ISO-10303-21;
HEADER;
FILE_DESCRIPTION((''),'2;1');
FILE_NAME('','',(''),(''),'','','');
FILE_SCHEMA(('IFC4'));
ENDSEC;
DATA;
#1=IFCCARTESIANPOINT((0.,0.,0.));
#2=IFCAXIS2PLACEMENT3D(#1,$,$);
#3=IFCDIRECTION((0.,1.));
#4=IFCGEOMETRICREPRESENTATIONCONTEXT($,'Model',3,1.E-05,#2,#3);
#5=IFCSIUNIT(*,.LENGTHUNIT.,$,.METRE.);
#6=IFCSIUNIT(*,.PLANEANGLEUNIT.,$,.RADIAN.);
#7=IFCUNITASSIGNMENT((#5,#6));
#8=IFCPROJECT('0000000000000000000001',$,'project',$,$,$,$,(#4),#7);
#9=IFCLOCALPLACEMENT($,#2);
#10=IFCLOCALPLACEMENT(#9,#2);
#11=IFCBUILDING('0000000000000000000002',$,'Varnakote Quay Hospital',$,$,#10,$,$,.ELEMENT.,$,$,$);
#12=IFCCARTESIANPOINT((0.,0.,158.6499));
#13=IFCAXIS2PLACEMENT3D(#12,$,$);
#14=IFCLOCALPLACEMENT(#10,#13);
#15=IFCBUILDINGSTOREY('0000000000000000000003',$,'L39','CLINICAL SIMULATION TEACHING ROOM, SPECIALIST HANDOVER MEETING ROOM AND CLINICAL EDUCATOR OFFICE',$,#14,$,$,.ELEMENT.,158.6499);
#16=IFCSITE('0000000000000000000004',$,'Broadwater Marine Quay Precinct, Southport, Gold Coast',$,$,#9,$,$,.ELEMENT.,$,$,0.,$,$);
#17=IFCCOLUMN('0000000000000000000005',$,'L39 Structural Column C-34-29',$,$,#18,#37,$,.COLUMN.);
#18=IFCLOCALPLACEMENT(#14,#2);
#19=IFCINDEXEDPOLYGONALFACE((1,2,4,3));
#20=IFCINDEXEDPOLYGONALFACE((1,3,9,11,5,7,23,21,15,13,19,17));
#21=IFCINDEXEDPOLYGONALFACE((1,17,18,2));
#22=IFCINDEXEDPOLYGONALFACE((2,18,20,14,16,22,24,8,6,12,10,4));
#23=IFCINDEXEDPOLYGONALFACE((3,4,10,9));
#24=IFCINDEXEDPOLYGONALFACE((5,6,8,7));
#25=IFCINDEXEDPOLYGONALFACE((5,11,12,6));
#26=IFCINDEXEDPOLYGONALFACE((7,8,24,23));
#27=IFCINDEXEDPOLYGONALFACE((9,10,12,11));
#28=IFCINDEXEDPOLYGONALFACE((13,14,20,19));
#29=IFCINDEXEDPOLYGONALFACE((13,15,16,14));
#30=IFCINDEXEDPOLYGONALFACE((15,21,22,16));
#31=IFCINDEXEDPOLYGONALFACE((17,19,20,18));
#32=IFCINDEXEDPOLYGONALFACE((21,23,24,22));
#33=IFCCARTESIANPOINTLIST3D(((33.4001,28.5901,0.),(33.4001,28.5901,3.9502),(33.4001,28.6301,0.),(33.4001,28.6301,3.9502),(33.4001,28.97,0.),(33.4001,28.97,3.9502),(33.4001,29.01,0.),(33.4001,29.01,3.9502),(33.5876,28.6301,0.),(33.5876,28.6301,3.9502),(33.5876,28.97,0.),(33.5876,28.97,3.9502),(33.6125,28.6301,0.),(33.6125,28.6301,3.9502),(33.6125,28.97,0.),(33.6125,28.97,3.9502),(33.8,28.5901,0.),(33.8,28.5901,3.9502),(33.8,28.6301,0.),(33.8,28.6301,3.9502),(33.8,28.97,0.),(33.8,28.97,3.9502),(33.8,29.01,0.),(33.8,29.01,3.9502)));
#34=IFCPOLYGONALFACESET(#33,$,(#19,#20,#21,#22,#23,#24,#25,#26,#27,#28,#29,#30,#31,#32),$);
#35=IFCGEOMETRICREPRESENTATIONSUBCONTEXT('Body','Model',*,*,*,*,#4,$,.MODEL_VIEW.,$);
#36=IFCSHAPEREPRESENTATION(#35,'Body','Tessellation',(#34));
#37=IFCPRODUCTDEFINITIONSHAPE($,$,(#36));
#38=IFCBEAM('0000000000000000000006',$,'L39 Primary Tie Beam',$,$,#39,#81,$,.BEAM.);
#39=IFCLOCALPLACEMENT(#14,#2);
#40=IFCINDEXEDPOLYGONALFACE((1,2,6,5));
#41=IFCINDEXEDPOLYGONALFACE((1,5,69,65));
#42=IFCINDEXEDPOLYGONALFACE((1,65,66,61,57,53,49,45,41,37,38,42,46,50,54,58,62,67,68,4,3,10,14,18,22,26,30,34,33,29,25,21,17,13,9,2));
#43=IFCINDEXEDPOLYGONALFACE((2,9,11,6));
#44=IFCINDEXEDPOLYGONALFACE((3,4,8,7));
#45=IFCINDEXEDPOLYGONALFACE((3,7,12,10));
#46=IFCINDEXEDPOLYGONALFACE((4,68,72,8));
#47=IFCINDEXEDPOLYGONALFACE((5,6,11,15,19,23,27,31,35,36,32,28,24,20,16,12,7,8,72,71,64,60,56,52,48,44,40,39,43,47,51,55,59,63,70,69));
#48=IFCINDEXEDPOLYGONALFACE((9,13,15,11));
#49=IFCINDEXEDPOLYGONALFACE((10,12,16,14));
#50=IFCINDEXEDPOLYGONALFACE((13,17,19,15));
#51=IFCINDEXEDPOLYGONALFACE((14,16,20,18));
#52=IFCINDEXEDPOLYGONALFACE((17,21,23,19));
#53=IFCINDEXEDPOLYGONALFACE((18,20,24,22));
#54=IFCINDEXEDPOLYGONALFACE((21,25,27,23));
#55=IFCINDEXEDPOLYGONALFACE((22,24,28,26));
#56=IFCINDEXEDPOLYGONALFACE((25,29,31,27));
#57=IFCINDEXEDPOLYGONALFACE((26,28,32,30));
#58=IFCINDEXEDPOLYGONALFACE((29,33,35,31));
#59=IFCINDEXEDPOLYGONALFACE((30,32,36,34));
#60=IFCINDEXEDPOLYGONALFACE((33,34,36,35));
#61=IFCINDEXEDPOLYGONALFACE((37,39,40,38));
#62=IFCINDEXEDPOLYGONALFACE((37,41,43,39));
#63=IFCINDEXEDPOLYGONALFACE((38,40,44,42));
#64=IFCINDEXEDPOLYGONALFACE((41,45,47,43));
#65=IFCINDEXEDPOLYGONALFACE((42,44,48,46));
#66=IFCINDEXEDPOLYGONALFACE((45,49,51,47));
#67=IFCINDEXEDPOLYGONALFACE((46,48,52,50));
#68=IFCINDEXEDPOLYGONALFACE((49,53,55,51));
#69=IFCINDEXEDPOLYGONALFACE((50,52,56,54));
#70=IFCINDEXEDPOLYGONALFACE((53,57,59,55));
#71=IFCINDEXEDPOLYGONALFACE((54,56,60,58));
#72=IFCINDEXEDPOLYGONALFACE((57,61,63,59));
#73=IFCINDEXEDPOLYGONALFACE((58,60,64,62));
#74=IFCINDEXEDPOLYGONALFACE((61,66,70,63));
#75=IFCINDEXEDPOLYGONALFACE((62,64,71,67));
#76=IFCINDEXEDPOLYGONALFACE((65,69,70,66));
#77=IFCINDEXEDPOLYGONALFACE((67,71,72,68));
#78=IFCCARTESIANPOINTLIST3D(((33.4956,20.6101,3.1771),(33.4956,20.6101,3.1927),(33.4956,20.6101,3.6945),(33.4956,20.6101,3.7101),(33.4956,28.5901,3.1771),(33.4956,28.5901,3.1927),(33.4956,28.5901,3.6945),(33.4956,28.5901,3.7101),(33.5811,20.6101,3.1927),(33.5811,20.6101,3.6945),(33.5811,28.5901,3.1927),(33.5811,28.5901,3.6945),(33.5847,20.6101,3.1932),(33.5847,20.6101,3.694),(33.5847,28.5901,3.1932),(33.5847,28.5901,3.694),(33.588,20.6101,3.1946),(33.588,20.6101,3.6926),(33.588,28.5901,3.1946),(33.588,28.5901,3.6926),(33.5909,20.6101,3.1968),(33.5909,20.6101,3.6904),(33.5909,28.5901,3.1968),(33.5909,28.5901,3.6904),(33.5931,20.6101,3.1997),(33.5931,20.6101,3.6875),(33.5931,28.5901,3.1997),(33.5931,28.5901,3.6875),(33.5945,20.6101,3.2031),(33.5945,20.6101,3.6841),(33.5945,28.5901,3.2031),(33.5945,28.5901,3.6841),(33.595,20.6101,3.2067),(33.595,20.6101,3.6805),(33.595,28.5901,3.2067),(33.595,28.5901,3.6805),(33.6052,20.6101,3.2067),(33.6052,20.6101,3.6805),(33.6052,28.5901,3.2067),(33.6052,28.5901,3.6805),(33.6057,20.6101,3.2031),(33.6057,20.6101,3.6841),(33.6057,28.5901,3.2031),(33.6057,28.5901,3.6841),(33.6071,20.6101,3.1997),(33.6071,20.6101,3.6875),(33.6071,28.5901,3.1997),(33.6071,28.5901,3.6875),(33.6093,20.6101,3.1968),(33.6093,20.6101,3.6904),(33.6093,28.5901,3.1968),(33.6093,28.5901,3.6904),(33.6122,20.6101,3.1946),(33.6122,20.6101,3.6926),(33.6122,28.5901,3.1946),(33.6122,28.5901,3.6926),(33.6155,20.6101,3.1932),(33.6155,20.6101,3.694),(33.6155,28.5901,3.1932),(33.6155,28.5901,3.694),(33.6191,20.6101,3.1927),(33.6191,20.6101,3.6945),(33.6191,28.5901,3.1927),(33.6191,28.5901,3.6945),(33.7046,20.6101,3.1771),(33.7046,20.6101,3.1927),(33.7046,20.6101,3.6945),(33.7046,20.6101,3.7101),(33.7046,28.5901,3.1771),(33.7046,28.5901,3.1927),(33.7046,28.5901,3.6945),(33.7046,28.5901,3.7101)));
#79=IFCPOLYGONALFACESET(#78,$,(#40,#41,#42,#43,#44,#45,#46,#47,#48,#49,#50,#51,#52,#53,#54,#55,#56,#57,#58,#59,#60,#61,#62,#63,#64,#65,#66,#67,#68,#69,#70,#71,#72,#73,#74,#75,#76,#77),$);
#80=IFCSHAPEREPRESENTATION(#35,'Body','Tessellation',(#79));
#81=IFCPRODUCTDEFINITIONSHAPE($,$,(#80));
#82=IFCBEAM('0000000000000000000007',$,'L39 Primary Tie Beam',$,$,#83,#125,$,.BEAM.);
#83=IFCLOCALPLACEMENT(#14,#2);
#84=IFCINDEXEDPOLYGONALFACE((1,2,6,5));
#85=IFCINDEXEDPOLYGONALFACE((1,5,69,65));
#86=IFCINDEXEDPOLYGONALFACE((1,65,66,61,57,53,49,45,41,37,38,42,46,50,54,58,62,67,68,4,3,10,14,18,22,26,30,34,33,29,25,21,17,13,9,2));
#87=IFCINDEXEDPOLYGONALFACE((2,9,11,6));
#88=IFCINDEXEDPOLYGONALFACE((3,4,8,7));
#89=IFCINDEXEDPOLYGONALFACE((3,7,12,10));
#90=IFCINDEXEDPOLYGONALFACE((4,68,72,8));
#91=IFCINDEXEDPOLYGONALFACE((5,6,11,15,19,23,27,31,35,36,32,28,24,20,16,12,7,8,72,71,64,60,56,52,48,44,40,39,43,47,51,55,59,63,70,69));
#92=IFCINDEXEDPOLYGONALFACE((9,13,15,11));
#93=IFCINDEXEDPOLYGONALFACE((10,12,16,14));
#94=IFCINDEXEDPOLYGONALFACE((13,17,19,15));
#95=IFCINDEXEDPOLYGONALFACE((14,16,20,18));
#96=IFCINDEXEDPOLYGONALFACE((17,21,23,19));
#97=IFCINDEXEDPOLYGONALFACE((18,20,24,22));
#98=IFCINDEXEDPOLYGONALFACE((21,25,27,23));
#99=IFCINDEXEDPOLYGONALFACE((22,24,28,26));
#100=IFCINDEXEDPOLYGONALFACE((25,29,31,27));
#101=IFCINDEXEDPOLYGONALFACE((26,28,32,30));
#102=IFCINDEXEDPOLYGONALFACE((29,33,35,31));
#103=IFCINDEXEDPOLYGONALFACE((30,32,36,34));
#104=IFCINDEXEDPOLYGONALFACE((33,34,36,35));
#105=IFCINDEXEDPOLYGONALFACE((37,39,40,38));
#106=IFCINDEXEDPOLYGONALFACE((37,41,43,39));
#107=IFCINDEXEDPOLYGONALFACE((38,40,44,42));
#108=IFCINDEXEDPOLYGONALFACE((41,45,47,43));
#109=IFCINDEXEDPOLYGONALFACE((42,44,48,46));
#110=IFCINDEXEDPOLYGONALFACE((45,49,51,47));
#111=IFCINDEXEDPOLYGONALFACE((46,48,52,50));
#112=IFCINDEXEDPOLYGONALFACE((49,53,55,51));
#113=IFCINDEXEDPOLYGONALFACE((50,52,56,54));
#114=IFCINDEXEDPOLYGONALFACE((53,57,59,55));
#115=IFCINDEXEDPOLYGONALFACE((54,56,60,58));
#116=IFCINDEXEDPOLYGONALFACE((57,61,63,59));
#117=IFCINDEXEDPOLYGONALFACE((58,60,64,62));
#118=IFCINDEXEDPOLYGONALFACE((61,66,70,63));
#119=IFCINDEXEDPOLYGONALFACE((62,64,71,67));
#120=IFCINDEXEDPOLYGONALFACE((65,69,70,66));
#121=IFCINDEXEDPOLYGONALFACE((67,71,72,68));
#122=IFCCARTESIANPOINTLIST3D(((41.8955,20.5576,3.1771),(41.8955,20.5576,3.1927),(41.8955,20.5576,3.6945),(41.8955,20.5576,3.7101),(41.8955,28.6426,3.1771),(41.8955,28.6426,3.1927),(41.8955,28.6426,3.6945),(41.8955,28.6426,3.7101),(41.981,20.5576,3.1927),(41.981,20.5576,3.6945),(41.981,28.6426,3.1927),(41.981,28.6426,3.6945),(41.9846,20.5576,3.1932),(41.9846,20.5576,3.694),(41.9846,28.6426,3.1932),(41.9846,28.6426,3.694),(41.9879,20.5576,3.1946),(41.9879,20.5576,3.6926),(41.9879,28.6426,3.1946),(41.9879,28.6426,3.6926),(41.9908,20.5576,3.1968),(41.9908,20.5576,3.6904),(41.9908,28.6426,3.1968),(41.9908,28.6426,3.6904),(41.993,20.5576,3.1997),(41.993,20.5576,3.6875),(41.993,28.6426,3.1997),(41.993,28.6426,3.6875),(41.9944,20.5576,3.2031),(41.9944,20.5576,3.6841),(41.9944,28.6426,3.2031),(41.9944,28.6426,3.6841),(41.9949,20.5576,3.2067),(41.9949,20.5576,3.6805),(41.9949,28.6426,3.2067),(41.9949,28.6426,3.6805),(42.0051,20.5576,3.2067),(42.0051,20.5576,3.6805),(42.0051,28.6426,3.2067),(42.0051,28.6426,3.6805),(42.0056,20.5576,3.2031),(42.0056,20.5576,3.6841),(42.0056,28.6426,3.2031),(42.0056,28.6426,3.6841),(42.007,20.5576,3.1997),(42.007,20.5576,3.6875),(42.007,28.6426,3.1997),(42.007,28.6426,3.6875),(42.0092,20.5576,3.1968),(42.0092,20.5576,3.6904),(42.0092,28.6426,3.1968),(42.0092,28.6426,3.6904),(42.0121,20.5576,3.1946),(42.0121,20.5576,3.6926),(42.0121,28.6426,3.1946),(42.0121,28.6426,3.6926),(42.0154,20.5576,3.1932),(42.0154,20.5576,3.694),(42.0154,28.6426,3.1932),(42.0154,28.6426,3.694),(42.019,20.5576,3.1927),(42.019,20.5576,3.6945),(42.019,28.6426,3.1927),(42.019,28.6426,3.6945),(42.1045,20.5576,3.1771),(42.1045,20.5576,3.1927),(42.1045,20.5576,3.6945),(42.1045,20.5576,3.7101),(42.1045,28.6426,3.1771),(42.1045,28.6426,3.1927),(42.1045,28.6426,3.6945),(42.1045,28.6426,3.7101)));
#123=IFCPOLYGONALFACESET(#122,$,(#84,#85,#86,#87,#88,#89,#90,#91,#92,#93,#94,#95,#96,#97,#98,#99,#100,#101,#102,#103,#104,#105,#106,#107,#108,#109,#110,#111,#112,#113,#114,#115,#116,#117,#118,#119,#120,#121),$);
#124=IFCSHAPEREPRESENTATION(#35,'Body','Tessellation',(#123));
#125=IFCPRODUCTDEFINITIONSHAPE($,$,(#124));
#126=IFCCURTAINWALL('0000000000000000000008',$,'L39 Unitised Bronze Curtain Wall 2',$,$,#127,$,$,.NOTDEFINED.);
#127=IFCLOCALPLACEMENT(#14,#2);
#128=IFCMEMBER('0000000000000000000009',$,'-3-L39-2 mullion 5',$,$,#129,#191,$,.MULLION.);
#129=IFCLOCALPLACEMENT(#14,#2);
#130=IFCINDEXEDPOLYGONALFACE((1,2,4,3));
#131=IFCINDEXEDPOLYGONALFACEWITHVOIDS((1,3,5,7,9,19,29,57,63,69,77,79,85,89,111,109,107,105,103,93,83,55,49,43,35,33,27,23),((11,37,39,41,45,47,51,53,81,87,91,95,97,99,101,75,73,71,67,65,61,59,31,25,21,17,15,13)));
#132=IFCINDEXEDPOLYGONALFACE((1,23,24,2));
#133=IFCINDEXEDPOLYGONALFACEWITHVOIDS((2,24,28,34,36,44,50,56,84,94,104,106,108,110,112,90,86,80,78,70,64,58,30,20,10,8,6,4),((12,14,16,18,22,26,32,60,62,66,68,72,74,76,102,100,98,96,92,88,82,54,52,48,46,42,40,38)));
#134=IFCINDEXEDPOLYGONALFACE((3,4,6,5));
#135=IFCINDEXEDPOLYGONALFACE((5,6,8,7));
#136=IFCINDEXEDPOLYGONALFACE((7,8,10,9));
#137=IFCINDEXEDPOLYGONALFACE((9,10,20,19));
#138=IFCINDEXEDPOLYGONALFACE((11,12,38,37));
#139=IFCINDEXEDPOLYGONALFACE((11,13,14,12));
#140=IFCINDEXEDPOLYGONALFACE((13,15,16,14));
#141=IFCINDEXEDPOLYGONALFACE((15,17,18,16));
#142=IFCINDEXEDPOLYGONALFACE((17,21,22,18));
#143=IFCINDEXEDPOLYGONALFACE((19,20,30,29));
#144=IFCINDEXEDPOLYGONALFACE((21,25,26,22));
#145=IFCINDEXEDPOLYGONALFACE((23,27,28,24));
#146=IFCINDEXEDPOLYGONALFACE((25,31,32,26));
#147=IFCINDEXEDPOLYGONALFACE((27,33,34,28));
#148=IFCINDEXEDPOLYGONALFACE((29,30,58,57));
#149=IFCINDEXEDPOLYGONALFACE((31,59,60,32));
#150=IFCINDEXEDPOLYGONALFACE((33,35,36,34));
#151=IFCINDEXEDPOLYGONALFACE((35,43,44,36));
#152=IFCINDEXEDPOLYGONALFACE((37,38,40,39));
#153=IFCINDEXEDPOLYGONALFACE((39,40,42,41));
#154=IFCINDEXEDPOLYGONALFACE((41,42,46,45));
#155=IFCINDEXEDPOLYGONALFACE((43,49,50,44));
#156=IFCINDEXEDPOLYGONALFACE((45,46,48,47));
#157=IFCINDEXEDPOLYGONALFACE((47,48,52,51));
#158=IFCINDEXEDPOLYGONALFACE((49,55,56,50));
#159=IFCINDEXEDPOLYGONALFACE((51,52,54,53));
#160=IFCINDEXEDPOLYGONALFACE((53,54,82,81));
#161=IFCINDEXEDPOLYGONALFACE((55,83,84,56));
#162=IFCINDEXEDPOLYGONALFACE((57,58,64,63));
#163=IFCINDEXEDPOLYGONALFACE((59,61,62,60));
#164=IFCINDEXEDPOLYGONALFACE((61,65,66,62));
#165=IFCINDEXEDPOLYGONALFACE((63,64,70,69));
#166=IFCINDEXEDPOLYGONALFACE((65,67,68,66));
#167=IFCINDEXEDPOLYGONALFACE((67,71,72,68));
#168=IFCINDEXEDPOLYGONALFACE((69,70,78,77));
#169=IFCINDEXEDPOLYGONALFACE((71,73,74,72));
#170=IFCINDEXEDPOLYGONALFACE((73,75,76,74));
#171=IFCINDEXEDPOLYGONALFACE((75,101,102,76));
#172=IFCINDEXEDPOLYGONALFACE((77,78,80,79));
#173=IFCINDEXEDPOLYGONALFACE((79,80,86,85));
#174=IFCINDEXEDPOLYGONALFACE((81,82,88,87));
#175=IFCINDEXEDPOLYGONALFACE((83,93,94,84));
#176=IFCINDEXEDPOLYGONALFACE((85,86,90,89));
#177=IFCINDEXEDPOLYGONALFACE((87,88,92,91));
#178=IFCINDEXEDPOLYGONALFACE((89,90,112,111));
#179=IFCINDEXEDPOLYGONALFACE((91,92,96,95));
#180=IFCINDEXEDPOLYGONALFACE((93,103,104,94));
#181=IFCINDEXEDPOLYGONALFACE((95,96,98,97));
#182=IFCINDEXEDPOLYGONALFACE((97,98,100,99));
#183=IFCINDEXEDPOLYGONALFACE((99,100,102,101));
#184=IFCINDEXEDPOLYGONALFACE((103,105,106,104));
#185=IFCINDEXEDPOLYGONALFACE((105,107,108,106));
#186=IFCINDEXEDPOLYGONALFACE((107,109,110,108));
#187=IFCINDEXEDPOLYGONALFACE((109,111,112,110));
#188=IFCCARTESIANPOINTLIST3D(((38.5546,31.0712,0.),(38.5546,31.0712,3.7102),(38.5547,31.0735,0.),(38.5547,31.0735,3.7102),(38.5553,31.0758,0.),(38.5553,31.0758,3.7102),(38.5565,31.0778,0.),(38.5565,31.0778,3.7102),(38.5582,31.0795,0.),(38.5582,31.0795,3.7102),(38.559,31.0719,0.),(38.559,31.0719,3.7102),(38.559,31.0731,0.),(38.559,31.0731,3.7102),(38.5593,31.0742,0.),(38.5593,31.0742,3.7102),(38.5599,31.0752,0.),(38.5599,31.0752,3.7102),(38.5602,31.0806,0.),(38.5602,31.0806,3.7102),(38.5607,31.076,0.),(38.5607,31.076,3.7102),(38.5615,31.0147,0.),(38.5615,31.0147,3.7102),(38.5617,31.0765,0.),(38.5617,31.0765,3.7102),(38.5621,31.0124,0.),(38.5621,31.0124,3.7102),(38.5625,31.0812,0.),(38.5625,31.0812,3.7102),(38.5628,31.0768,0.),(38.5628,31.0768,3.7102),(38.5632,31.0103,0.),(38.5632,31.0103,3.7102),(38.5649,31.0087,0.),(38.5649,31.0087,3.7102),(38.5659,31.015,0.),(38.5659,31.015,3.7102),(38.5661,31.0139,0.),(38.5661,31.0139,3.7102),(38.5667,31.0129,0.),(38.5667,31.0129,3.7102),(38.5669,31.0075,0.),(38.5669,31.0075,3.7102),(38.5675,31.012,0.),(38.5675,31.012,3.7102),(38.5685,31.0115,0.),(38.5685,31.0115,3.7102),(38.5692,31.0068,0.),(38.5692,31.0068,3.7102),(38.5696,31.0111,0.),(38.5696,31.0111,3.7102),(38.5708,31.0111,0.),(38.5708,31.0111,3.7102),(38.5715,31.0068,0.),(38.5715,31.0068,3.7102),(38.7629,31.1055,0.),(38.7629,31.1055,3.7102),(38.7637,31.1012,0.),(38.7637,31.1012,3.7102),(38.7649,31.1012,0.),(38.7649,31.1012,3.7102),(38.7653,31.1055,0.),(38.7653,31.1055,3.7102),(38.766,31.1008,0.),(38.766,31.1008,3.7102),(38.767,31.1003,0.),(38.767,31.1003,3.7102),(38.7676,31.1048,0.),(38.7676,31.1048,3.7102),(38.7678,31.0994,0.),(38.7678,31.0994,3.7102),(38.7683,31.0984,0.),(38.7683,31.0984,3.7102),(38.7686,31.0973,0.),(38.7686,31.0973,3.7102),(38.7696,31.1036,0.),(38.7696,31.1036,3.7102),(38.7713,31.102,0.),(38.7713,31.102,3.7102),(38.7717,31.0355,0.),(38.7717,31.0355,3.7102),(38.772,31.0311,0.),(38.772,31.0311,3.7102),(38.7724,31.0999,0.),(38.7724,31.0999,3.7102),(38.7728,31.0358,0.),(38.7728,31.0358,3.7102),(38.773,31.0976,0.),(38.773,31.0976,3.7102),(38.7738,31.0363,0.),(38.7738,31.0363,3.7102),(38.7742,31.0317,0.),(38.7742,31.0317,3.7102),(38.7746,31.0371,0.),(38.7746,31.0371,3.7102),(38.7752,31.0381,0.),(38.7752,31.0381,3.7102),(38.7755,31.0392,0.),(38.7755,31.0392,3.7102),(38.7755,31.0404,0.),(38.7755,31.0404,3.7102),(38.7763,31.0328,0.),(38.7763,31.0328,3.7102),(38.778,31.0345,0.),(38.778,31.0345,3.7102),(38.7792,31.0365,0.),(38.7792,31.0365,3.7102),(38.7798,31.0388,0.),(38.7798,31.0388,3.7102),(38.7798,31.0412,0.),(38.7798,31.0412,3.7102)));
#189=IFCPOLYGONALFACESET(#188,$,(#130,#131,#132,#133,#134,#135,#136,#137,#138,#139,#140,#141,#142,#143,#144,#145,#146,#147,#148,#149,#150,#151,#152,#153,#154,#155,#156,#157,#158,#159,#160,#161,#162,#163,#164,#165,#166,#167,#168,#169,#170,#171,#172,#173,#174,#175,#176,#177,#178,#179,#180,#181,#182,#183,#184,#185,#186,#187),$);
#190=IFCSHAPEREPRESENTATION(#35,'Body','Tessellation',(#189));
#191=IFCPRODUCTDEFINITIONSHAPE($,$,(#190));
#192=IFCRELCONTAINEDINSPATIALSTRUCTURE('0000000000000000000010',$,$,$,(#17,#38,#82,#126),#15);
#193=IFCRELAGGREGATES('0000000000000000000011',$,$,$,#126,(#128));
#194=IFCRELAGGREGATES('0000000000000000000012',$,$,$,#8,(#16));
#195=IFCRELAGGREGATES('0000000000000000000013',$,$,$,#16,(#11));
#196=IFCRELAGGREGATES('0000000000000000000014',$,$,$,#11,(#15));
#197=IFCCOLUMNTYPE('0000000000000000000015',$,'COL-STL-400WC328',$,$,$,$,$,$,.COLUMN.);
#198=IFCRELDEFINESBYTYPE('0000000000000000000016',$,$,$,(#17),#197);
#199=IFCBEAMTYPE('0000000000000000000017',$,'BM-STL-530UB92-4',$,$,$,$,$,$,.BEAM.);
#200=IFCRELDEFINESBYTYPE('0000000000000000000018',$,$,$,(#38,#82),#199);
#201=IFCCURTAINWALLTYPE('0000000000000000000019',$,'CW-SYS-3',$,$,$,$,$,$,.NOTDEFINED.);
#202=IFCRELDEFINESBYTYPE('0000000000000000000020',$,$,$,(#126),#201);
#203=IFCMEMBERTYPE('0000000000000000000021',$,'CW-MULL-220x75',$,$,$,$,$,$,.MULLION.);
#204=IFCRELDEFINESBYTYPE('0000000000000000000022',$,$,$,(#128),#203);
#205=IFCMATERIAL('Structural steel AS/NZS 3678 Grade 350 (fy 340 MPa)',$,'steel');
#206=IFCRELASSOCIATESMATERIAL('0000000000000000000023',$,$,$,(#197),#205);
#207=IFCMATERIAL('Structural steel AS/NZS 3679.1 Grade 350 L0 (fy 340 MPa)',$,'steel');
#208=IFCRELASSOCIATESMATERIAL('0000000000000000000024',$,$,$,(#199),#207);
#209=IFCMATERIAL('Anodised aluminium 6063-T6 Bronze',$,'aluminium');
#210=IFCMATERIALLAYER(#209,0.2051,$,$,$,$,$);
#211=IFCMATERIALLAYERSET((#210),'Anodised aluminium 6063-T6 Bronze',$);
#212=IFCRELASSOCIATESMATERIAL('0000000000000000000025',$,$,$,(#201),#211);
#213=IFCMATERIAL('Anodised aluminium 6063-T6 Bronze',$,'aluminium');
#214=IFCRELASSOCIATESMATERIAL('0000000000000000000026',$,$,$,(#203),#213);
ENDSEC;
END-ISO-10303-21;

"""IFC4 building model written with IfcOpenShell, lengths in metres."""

from ifc_helpers import new_model, si_unit, direction, frame, origin, origin_2d, place, context, subcontext, project, spatial, hollow_rectangle, i_section, extrude, material, layer, layer_set, material_profile, profile_set, type_object, element, aggregate, save


model = new_model("IFC4")

# Units and contexts
model_context = context("Model", 3, precision=1e-05, world=origin(), true_north=direction((0.0, 1.0)))
body_context = subcontext(model_context, "Body", "Model", "MODEL_VIEW")
ifc_project = project(units=[si_unit("LENGTHUNIT", "METRE"), si_unit("PLANEANGLEUNIT", "RADIAN")], contexts=[model_context])

# Site, building, storey
site_placement = place(None, origin())
site = spatial("IfcSite", under=ifc_project, at=site_placement, Name="Broadwater Marine Quay Precinct, Southport, Gold Coast", CompositionType="ELEMENT", RefElevation=0.0)
building_placement = place(site_placement, origin())
building = spatial("IfcBuilding", under=site, at=building_placement, Name="Varnakote Quay Hospital", CompositionType="ELEMENT")
storey_placement = place(building_placement, frame((0.0, 0.0, 158.6499)))
storey = spatial("IfcBuildingStorey", under=building, at=storey_placement, Name="L39", Description="CLINICAL SIMULATION TEACHING ROOM, SPECIALIST HANDOVER MEETING ROOM AND CLINICAL EDUCATOR OFFICE", CompositionType="ELEMENT", Elevation=158.6499)

# Column
ifc_material_1 = material(Name="Structural steel AS/NZS 3678 Grade 350 (fy 340 MPa)", Category="steel")
ifc_material_profile_1 = material_profile(ifc_material_1, i_section(OverallWidth=0.3999, OverallDepth=0.4199, WebThickness=0.0249, FlangeThickness=0.04, at=origin_2d()), Name="400WC328")
ifc_profile_set_1 = profile_set([ifc_material_profile_1], Name="Structural steel AS/NZS 3678 Grade 350 (fy 340 MPa)")
column_type = type_object("IfcColumnType", Name="COL-STL-400WC328", PredefinedType="COLUMN", material=ifc_profile_set_1)
column_placement = place(storey_placement, frame((33.6001, 28.8, 0.0), z_axis=(0.0, 0.0, 1.0), x_axis=(1.0, 0.0, 0.0)))
element("IfcColumn", 1, at=column_placement, inside=storey, type_object=column_type, Name="L39 Structural Column C-34-29", PredefinedType="COLUMN", context=body_context, shape_type="SweptSolid", body=[
    extrude(i_section(OverallWidth=0.3999, OverallDepth=0.4199, WebThickness=0.0249, FlangeThickness=0.04, at=origin_2d()), origin(), (0.0, 0.0, 1.0), 3.9502),
])

# Beams
ifc_material_2 = material(Name="Structural steel AS/NZS 3679.1 Grade 350 L0 (fy 340 MPa)", Category="steel")
ifc_material_profile_2 = material_profile(ifc_material_2, i_section(OverallWidth=0.209, OverallDepth=0.533, WebThickness=0.0103, FlangeThickness=0.0156, FilletRadius=0.0139, at=origin_2d()), Name="530UB92.4")
ifc_profile_set_2 = profile_set([ifc_material_profile_2], Name="Structural steel AS/NZS 3679.1 Grade 350 L0 (fy 340 MPa)")
beam_type_1 = type_object("IfcBeamType", Name="BM-STL-530UB92-4", PredefinedType="BEAM", material=ifc_profile_set_2)
beam_1_placement = place(storey_placement, frame((33.6001, 20.6101, 3.4436), z_axis=(0.0, 1.0, 0.0), x_axis=(-1.0, 0.0, 0.0)))
element("IfcBeam", 2, at=beam_1_placement, inside=storey, type_object=beam_type_1, Name="L39 Primary Tie Beam", PredefinedType="BEAM", context=body_context, shape_type="SweptSolid", body=[
    extrude(i_section(OverallWidth=0.209, OverallDepth=0.533, WebThickness=0.0103, FlangeThickness=0.0156, FilletRadius=0.0139, at=origin_2d()), origin(), (0.0, 0.0, 1.0), 7.98),
])
beam_2_placement = place(storey_placement, frame((42.0, 20.5576, 3.4436), z_axis=(0.0, 1.0, 0.0), x_axis=(-1.0, 0.0, 0.0)))
element("IfcBeam", 3, at=beam_2_placement, inside=storey, type_object=beam_type_1, Name="L39 Primary Tie Beam", PredefinedType="BEAM", context=body_context, shape_type="SweptSolid", body=[
    extrude(i_section(OverallWidth=0.209, OverallDepth=0.533, WebThickness=0.0103, FlangeThickness=0.0156, FilletRadius=0.0139, at=origin_2d()), origin(), (0.0, 0.0, 1.0), 8.085),
])

# Curtain wall, member
ifc_material_3 = material(Name="Anodised aluminium 6063-T6 Bronze", Category="aluminium")
ifc_layer_1 = layer(ifc_material_3, 0.2051)
ifc_layer_set_1 = layer_set([ifc_layer_1], Name="Anodised aluminium 6063-T6 Bronze")
curtain_wall_type = type_object("IfcCurtainWallType", Name="CW-SYS-3", PredefinedType="NOTDEFINED", material=ifc_layer_set_1)
curtain_wall_placement = place(storey_placement, origin())
curtain_wall = element("IfcCurtainWall", 4, at=curtain_wall_placement, inside=storey, type_object=curtain_wall_type, Name="L39 Unitised Bronze Curtain Wall 2", PredefinedType="NOTDEFINED")
ifc_material_4 = material(Name="Anodised aluminium 6063-T6 Bronze", Category="aluminium")
ifc_material_profile_3 = material_profile(ifc_material_4, hollow_rectangle(XDim=0.075, YDim=0.22, WallThickness=0.0044, InnerFilletRadius=0.0044, OuterFilletRadius=0.009, at=origin_2d()), Name="CW-MULL-220x75")
ifc_profile_set_3 = profile_set([ifc_material_profile_3], Name="Anodised aluminium 6063-T6 Bronze")
member_type = type_object("IfcMemberType", Name="CW-MULL-220x75", PredefinedType="MULLION", material=ifc_profile_set_3)
member_placement = place(storey_placement, frame((38.6672, 31.0562, 0.0), z_axis=(0.0, 0.0, 1.0), x_axis=(0.120327, -0.992734, 0.0)))
member = element("IfcMember", 5, at=member_placement, type_object=member_type, Name="-3-L39-2 mullion 5", PredefinedType="MULLION", context=body_context, shape_type="SweptSolid", body=[
    extrude(hollow_rectangle(XDim=0.075, YDim=0.22, WallThickness=0.0044, InnerFilletRadius=0.0044, OuterFilletRadius=0.009, at=origin_2d()), origin(), (0.0, 0.0, 1.0), 3.7102),
])

aggregate(curtain_wall, [member])

save(model, "model.ifc")
